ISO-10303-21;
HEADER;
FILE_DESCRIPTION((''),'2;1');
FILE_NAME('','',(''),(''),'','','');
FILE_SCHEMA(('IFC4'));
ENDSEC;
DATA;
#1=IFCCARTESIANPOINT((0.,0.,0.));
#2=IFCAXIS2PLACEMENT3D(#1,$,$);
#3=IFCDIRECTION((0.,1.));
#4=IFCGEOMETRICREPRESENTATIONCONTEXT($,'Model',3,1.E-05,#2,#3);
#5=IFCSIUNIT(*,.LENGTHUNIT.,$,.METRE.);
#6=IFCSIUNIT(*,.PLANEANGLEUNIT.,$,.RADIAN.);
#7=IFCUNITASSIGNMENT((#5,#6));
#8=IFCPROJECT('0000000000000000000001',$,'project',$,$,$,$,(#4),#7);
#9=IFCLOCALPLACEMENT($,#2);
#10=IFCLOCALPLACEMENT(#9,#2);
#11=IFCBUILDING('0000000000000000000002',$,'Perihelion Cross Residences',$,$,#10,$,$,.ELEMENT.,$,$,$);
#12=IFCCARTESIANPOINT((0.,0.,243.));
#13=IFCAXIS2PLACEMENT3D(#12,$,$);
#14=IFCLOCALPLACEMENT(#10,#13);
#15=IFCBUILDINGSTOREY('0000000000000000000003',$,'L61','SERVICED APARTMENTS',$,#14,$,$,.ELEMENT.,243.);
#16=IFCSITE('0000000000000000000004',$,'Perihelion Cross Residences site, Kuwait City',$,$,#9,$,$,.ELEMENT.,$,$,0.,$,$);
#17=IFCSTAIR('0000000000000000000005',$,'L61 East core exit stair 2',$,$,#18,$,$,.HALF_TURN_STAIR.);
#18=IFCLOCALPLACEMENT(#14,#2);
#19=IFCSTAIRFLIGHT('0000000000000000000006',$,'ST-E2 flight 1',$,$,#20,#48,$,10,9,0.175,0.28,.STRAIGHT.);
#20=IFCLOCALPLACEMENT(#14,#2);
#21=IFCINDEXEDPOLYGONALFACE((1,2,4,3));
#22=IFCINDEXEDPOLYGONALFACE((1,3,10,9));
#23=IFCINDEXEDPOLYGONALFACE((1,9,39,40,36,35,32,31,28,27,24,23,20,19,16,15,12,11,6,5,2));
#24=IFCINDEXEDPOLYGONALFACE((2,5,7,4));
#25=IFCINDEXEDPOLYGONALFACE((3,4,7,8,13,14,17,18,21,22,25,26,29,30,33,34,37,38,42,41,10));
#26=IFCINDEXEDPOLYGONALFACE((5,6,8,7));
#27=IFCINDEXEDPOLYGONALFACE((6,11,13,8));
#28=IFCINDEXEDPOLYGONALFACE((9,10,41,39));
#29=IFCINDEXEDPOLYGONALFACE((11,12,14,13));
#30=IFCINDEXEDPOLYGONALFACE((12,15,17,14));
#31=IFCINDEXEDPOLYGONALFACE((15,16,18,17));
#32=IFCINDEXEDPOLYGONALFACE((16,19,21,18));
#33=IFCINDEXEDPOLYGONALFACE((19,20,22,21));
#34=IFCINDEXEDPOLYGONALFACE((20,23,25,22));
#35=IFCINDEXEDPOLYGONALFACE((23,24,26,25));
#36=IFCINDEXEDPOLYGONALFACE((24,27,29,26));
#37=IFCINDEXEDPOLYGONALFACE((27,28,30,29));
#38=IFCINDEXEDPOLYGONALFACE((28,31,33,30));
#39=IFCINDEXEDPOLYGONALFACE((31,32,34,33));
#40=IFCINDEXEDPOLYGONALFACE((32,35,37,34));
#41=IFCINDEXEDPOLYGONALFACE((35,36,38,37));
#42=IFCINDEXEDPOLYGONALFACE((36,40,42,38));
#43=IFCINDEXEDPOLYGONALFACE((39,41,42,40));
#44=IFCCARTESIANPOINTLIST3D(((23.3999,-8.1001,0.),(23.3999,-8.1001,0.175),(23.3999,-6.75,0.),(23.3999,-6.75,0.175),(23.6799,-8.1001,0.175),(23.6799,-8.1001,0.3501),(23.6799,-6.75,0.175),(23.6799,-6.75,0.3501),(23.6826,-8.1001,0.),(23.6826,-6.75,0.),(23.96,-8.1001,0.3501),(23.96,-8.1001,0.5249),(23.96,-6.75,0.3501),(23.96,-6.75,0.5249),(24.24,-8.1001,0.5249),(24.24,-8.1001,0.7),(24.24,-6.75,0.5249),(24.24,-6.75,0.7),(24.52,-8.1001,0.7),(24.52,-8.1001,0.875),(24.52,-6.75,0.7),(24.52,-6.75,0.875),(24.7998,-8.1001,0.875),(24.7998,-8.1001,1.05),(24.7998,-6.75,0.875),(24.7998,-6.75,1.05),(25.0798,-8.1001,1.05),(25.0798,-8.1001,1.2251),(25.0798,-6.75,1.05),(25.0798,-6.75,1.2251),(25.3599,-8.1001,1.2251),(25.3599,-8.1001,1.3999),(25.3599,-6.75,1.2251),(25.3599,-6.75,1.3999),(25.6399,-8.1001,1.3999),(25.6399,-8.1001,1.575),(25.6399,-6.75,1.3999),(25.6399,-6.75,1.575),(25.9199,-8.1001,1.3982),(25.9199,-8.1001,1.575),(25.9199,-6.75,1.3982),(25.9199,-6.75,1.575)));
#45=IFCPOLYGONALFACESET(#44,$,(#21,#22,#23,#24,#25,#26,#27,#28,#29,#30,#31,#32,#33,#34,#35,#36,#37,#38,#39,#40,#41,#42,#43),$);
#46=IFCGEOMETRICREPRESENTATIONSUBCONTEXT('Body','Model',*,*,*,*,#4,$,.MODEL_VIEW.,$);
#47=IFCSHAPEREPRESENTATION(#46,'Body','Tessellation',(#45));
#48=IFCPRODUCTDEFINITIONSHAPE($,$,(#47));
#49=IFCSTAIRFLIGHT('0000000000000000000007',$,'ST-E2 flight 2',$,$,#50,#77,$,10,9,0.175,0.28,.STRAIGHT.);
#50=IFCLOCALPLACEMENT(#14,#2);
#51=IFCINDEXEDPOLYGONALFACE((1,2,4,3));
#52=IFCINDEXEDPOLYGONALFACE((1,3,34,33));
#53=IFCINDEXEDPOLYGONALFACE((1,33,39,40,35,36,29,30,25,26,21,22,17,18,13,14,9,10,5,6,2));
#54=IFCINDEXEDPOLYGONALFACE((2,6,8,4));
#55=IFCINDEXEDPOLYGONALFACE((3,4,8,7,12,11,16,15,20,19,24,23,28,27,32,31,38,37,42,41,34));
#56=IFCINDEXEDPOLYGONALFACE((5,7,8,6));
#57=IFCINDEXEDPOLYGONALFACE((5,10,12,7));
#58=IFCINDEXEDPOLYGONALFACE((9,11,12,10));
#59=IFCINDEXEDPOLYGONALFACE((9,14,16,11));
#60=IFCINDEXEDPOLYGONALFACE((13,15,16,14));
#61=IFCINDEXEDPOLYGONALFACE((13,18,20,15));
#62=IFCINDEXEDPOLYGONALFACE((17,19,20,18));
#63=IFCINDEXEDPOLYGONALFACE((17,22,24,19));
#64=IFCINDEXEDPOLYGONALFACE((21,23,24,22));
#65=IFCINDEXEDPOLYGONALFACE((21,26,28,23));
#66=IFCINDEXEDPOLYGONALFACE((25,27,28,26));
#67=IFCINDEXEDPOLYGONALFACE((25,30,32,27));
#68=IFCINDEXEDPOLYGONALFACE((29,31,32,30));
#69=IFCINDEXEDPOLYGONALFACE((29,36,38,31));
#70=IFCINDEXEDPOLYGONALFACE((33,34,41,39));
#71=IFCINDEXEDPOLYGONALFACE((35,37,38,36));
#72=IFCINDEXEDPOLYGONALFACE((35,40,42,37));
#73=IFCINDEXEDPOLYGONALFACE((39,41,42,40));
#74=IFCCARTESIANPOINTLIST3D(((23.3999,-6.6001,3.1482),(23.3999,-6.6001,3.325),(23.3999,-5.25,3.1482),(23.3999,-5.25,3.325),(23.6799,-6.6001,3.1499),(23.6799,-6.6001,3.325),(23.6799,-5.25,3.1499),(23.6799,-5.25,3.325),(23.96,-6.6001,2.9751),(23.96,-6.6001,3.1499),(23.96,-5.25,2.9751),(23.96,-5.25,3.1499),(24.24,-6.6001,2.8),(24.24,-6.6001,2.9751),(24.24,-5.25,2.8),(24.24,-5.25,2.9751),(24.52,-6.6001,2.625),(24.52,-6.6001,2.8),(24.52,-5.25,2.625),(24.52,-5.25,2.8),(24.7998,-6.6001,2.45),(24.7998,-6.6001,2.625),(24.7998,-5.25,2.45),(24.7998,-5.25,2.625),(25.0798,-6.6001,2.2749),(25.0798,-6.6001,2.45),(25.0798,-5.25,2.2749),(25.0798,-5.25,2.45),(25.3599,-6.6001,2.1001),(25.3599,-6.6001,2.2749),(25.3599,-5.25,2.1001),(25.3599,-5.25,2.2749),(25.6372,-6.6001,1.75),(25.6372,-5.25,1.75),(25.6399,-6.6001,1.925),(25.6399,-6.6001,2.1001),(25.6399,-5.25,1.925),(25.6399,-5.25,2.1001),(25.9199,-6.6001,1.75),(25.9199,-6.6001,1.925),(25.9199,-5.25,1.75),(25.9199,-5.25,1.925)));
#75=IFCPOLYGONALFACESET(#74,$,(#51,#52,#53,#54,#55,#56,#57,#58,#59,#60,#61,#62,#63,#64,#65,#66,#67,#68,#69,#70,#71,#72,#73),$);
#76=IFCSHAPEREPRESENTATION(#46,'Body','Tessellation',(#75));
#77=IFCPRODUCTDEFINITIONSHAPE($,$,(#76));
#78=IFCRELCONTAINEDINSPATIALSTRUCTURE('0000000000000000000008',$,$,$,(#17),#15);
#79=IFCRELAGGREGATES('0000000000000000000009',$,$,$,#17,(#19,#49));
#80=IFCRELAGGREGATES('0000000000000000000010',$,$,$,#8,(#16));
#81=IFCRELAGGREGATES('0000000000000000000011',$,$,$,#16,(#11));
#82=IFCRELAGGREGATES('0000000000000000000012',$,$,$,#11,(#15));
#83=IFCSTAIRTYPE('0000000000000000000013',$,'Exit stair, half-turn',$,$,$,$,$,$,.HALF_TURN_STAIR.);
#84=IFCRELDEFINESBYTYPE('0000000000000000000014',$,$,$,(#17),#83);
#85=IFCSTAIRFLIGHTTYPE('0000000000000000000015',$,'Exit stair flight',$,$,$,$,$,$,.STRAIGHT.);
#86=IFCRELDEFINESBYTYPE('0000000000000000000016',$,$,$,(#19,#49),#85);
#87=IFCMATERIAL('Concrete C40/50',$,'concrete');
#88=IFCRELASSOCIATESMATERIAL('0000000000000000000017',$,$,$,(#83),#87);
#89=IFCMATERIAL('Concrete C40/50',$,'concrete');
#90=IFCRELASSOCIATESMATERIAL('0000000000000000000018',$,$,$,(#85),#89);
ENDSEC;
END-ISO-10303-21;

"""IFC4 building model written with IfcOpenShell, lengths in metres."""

from ifc_helpers import new_model, si_unit, direction, frame, origin, place, context, subcontext, project, spatial, polyline, outline, extrude, material, type_object, element, aggregate, save


model = new_model("IFC4")

# Units and contexts
model_context = context("Model", 3, precision=1e-05, world=origin(), true_north=direction((0.0, 1.0)))
body_context = subcontext(model_context, "Body", "Model", "MODEL_VIEW")
ifc_project = project(units=[si_unit("LENGTHUNIT", "METRE"), si_unit("PLANEANGLEUNIT", "RADIAN")], contexts=[model_context])

# Site, building, storey
site_placement = place(None, origin())
site = spatial("IfcSite", under=ifc_project, at=site_placement, Name="Perihelion Cross Residences site, Kuwait City", CompositionType="ELEMENT", RefElevation=0.0)
building_placement = place(site_placement, origin())
building = spatial("IfcBuilding", under=site, at=building_placement, Name="Perihelion Cross Residences", CompositionType="ELEMENT")
storey_placement = place(building_placement, frame((0.0, 0.0, 243.0)))
storey = spatial("IfcBuildingStorey", under=building, at=storey_placement, Name="L61", Description="SERVICED APARTMENTS", CompositionType="ELEMENT", Elevation=243.0)

# Stair, stair flights
ifc_material_1 = material(Name="Concrete C40/50", Category="concrete")
stair_type = type_object("IfcStairType", Name="Exit stair, half-turn", PredefinedType="HALF_TURN_STAIR", material=ifc_material_1)
stair_placement = place(storey_placement, origin())
stair = element("IfcStair", 1, at=stair_placement, inside=storey, type_object=stair_type, Name="L61 East core exit stair 2", PredefinedType="HALF_TURN_STAIR")
ifc_material_2 = material(Name="Concrete C40/50", Category="concrete")
stair_flight_type = type_object("IfcStairFlightType", Name="Exit stair flight", PredefinedType="STRAIGHT", material=ifc_material_2)
stair_flight_1_placement = place(storey_placement, frame((23.3999, -7.425, 0.0), z_axis=(0.0, 0.0, 1.0), x_axis=(1.0, 0.0, 0.0)))
stair_flight_1 = element("IfcStairFlight", 2, at=stair_flight_1_placement, type_object=stair_flight_type, Name="ST-E2 flight 1", NumberOfRisers=10, NumberOfTreads=9, PredefinedType="STRAIGHT", RiserHeight=0.175, TreadLength=0.28, context=body_context, shape_type="SweptSolid", body=[
    extrude(outline(polyline([(0.0, 0.0), (0.0, 0.175), (0.28, 0.175), (0.28, 0.3501), (0.5601, 0.3501), (0.5601, 0.5249), (0.8401, 0.5249), (0.8401, 0.7), (1.1201, 0.7), (1.1201, 0.875), (1.3999, 0.875), (1.3999, 1.05), (1.6799, 1.05), (1.6799, 1.2251), (1.96, 1.2251), (1.96, 1.3999), (2.24, 1.3999), (2.24, 1.575), (2.52, 1.575), (2.52, 1.75), (2.52, 1.3982), (0.2827, 0.0), (0.0, 0.0)])), frame((0.0, 0.675, 0.0), z_axis=(0.0, -1.0, 0.0), x_axis=(1.0, 0.0, 0.0)), (0.0, 0.0, 1.0), 1.3501),
])
stair_flight_2_placement = place(storey_placement, frame((25.9199, -5.925, 1.75), z_axis=(0.0, 0.0, 1.0), x_axis=(-1.0, 0.0, 0.0)))
stair_flight_2 = element("IfcStairFlight", 3, at=stair_flight_2_placement, type_object=stair_flight_type, Name="ST-E2 flight 2", NumberOfRisers=10, NumberOfTreads=9, PredefinedType="STRAIGHT", RiserHeight=0.175, TreadLength=0.28, context=body_context, shape_type="SweptSolid", body=[
    extrude(outline(polyline([(0.0, 0.0), (0.0, 0.175), (0.28, 0.175), (0.28, 0.3501), (0.5601, 0.3501), (0.5601, 0.5249), (0.8401, 0.5249), (0.8401, 0.7), (1.1201, 0.7), (1.1201, 0.875), (1.3999, 0.875), (1.3999, 1.05), (1.6799, 1.05), (1.6799, 1.2251), (1.96, 1.2251), (1.96, 1.3999), (2.24, 1.3999), (2.24, 1.575), (2.52, 1.575), (2.52, 1.75), (2.52, 1.3982), (0.2827, 0.0), (0.0, 0.0)])), frame((0.0, 0.675, 0.0), z_axis=(0.0, -1.0, 0.0), x_axis=(1.0, 0.0, 0.0)), (0.0, 0.0, 1.0), 1.3501),
])
aggregate(stair, [stair_flight_1, stair_flight_2])

save(model, "model.ifc")
